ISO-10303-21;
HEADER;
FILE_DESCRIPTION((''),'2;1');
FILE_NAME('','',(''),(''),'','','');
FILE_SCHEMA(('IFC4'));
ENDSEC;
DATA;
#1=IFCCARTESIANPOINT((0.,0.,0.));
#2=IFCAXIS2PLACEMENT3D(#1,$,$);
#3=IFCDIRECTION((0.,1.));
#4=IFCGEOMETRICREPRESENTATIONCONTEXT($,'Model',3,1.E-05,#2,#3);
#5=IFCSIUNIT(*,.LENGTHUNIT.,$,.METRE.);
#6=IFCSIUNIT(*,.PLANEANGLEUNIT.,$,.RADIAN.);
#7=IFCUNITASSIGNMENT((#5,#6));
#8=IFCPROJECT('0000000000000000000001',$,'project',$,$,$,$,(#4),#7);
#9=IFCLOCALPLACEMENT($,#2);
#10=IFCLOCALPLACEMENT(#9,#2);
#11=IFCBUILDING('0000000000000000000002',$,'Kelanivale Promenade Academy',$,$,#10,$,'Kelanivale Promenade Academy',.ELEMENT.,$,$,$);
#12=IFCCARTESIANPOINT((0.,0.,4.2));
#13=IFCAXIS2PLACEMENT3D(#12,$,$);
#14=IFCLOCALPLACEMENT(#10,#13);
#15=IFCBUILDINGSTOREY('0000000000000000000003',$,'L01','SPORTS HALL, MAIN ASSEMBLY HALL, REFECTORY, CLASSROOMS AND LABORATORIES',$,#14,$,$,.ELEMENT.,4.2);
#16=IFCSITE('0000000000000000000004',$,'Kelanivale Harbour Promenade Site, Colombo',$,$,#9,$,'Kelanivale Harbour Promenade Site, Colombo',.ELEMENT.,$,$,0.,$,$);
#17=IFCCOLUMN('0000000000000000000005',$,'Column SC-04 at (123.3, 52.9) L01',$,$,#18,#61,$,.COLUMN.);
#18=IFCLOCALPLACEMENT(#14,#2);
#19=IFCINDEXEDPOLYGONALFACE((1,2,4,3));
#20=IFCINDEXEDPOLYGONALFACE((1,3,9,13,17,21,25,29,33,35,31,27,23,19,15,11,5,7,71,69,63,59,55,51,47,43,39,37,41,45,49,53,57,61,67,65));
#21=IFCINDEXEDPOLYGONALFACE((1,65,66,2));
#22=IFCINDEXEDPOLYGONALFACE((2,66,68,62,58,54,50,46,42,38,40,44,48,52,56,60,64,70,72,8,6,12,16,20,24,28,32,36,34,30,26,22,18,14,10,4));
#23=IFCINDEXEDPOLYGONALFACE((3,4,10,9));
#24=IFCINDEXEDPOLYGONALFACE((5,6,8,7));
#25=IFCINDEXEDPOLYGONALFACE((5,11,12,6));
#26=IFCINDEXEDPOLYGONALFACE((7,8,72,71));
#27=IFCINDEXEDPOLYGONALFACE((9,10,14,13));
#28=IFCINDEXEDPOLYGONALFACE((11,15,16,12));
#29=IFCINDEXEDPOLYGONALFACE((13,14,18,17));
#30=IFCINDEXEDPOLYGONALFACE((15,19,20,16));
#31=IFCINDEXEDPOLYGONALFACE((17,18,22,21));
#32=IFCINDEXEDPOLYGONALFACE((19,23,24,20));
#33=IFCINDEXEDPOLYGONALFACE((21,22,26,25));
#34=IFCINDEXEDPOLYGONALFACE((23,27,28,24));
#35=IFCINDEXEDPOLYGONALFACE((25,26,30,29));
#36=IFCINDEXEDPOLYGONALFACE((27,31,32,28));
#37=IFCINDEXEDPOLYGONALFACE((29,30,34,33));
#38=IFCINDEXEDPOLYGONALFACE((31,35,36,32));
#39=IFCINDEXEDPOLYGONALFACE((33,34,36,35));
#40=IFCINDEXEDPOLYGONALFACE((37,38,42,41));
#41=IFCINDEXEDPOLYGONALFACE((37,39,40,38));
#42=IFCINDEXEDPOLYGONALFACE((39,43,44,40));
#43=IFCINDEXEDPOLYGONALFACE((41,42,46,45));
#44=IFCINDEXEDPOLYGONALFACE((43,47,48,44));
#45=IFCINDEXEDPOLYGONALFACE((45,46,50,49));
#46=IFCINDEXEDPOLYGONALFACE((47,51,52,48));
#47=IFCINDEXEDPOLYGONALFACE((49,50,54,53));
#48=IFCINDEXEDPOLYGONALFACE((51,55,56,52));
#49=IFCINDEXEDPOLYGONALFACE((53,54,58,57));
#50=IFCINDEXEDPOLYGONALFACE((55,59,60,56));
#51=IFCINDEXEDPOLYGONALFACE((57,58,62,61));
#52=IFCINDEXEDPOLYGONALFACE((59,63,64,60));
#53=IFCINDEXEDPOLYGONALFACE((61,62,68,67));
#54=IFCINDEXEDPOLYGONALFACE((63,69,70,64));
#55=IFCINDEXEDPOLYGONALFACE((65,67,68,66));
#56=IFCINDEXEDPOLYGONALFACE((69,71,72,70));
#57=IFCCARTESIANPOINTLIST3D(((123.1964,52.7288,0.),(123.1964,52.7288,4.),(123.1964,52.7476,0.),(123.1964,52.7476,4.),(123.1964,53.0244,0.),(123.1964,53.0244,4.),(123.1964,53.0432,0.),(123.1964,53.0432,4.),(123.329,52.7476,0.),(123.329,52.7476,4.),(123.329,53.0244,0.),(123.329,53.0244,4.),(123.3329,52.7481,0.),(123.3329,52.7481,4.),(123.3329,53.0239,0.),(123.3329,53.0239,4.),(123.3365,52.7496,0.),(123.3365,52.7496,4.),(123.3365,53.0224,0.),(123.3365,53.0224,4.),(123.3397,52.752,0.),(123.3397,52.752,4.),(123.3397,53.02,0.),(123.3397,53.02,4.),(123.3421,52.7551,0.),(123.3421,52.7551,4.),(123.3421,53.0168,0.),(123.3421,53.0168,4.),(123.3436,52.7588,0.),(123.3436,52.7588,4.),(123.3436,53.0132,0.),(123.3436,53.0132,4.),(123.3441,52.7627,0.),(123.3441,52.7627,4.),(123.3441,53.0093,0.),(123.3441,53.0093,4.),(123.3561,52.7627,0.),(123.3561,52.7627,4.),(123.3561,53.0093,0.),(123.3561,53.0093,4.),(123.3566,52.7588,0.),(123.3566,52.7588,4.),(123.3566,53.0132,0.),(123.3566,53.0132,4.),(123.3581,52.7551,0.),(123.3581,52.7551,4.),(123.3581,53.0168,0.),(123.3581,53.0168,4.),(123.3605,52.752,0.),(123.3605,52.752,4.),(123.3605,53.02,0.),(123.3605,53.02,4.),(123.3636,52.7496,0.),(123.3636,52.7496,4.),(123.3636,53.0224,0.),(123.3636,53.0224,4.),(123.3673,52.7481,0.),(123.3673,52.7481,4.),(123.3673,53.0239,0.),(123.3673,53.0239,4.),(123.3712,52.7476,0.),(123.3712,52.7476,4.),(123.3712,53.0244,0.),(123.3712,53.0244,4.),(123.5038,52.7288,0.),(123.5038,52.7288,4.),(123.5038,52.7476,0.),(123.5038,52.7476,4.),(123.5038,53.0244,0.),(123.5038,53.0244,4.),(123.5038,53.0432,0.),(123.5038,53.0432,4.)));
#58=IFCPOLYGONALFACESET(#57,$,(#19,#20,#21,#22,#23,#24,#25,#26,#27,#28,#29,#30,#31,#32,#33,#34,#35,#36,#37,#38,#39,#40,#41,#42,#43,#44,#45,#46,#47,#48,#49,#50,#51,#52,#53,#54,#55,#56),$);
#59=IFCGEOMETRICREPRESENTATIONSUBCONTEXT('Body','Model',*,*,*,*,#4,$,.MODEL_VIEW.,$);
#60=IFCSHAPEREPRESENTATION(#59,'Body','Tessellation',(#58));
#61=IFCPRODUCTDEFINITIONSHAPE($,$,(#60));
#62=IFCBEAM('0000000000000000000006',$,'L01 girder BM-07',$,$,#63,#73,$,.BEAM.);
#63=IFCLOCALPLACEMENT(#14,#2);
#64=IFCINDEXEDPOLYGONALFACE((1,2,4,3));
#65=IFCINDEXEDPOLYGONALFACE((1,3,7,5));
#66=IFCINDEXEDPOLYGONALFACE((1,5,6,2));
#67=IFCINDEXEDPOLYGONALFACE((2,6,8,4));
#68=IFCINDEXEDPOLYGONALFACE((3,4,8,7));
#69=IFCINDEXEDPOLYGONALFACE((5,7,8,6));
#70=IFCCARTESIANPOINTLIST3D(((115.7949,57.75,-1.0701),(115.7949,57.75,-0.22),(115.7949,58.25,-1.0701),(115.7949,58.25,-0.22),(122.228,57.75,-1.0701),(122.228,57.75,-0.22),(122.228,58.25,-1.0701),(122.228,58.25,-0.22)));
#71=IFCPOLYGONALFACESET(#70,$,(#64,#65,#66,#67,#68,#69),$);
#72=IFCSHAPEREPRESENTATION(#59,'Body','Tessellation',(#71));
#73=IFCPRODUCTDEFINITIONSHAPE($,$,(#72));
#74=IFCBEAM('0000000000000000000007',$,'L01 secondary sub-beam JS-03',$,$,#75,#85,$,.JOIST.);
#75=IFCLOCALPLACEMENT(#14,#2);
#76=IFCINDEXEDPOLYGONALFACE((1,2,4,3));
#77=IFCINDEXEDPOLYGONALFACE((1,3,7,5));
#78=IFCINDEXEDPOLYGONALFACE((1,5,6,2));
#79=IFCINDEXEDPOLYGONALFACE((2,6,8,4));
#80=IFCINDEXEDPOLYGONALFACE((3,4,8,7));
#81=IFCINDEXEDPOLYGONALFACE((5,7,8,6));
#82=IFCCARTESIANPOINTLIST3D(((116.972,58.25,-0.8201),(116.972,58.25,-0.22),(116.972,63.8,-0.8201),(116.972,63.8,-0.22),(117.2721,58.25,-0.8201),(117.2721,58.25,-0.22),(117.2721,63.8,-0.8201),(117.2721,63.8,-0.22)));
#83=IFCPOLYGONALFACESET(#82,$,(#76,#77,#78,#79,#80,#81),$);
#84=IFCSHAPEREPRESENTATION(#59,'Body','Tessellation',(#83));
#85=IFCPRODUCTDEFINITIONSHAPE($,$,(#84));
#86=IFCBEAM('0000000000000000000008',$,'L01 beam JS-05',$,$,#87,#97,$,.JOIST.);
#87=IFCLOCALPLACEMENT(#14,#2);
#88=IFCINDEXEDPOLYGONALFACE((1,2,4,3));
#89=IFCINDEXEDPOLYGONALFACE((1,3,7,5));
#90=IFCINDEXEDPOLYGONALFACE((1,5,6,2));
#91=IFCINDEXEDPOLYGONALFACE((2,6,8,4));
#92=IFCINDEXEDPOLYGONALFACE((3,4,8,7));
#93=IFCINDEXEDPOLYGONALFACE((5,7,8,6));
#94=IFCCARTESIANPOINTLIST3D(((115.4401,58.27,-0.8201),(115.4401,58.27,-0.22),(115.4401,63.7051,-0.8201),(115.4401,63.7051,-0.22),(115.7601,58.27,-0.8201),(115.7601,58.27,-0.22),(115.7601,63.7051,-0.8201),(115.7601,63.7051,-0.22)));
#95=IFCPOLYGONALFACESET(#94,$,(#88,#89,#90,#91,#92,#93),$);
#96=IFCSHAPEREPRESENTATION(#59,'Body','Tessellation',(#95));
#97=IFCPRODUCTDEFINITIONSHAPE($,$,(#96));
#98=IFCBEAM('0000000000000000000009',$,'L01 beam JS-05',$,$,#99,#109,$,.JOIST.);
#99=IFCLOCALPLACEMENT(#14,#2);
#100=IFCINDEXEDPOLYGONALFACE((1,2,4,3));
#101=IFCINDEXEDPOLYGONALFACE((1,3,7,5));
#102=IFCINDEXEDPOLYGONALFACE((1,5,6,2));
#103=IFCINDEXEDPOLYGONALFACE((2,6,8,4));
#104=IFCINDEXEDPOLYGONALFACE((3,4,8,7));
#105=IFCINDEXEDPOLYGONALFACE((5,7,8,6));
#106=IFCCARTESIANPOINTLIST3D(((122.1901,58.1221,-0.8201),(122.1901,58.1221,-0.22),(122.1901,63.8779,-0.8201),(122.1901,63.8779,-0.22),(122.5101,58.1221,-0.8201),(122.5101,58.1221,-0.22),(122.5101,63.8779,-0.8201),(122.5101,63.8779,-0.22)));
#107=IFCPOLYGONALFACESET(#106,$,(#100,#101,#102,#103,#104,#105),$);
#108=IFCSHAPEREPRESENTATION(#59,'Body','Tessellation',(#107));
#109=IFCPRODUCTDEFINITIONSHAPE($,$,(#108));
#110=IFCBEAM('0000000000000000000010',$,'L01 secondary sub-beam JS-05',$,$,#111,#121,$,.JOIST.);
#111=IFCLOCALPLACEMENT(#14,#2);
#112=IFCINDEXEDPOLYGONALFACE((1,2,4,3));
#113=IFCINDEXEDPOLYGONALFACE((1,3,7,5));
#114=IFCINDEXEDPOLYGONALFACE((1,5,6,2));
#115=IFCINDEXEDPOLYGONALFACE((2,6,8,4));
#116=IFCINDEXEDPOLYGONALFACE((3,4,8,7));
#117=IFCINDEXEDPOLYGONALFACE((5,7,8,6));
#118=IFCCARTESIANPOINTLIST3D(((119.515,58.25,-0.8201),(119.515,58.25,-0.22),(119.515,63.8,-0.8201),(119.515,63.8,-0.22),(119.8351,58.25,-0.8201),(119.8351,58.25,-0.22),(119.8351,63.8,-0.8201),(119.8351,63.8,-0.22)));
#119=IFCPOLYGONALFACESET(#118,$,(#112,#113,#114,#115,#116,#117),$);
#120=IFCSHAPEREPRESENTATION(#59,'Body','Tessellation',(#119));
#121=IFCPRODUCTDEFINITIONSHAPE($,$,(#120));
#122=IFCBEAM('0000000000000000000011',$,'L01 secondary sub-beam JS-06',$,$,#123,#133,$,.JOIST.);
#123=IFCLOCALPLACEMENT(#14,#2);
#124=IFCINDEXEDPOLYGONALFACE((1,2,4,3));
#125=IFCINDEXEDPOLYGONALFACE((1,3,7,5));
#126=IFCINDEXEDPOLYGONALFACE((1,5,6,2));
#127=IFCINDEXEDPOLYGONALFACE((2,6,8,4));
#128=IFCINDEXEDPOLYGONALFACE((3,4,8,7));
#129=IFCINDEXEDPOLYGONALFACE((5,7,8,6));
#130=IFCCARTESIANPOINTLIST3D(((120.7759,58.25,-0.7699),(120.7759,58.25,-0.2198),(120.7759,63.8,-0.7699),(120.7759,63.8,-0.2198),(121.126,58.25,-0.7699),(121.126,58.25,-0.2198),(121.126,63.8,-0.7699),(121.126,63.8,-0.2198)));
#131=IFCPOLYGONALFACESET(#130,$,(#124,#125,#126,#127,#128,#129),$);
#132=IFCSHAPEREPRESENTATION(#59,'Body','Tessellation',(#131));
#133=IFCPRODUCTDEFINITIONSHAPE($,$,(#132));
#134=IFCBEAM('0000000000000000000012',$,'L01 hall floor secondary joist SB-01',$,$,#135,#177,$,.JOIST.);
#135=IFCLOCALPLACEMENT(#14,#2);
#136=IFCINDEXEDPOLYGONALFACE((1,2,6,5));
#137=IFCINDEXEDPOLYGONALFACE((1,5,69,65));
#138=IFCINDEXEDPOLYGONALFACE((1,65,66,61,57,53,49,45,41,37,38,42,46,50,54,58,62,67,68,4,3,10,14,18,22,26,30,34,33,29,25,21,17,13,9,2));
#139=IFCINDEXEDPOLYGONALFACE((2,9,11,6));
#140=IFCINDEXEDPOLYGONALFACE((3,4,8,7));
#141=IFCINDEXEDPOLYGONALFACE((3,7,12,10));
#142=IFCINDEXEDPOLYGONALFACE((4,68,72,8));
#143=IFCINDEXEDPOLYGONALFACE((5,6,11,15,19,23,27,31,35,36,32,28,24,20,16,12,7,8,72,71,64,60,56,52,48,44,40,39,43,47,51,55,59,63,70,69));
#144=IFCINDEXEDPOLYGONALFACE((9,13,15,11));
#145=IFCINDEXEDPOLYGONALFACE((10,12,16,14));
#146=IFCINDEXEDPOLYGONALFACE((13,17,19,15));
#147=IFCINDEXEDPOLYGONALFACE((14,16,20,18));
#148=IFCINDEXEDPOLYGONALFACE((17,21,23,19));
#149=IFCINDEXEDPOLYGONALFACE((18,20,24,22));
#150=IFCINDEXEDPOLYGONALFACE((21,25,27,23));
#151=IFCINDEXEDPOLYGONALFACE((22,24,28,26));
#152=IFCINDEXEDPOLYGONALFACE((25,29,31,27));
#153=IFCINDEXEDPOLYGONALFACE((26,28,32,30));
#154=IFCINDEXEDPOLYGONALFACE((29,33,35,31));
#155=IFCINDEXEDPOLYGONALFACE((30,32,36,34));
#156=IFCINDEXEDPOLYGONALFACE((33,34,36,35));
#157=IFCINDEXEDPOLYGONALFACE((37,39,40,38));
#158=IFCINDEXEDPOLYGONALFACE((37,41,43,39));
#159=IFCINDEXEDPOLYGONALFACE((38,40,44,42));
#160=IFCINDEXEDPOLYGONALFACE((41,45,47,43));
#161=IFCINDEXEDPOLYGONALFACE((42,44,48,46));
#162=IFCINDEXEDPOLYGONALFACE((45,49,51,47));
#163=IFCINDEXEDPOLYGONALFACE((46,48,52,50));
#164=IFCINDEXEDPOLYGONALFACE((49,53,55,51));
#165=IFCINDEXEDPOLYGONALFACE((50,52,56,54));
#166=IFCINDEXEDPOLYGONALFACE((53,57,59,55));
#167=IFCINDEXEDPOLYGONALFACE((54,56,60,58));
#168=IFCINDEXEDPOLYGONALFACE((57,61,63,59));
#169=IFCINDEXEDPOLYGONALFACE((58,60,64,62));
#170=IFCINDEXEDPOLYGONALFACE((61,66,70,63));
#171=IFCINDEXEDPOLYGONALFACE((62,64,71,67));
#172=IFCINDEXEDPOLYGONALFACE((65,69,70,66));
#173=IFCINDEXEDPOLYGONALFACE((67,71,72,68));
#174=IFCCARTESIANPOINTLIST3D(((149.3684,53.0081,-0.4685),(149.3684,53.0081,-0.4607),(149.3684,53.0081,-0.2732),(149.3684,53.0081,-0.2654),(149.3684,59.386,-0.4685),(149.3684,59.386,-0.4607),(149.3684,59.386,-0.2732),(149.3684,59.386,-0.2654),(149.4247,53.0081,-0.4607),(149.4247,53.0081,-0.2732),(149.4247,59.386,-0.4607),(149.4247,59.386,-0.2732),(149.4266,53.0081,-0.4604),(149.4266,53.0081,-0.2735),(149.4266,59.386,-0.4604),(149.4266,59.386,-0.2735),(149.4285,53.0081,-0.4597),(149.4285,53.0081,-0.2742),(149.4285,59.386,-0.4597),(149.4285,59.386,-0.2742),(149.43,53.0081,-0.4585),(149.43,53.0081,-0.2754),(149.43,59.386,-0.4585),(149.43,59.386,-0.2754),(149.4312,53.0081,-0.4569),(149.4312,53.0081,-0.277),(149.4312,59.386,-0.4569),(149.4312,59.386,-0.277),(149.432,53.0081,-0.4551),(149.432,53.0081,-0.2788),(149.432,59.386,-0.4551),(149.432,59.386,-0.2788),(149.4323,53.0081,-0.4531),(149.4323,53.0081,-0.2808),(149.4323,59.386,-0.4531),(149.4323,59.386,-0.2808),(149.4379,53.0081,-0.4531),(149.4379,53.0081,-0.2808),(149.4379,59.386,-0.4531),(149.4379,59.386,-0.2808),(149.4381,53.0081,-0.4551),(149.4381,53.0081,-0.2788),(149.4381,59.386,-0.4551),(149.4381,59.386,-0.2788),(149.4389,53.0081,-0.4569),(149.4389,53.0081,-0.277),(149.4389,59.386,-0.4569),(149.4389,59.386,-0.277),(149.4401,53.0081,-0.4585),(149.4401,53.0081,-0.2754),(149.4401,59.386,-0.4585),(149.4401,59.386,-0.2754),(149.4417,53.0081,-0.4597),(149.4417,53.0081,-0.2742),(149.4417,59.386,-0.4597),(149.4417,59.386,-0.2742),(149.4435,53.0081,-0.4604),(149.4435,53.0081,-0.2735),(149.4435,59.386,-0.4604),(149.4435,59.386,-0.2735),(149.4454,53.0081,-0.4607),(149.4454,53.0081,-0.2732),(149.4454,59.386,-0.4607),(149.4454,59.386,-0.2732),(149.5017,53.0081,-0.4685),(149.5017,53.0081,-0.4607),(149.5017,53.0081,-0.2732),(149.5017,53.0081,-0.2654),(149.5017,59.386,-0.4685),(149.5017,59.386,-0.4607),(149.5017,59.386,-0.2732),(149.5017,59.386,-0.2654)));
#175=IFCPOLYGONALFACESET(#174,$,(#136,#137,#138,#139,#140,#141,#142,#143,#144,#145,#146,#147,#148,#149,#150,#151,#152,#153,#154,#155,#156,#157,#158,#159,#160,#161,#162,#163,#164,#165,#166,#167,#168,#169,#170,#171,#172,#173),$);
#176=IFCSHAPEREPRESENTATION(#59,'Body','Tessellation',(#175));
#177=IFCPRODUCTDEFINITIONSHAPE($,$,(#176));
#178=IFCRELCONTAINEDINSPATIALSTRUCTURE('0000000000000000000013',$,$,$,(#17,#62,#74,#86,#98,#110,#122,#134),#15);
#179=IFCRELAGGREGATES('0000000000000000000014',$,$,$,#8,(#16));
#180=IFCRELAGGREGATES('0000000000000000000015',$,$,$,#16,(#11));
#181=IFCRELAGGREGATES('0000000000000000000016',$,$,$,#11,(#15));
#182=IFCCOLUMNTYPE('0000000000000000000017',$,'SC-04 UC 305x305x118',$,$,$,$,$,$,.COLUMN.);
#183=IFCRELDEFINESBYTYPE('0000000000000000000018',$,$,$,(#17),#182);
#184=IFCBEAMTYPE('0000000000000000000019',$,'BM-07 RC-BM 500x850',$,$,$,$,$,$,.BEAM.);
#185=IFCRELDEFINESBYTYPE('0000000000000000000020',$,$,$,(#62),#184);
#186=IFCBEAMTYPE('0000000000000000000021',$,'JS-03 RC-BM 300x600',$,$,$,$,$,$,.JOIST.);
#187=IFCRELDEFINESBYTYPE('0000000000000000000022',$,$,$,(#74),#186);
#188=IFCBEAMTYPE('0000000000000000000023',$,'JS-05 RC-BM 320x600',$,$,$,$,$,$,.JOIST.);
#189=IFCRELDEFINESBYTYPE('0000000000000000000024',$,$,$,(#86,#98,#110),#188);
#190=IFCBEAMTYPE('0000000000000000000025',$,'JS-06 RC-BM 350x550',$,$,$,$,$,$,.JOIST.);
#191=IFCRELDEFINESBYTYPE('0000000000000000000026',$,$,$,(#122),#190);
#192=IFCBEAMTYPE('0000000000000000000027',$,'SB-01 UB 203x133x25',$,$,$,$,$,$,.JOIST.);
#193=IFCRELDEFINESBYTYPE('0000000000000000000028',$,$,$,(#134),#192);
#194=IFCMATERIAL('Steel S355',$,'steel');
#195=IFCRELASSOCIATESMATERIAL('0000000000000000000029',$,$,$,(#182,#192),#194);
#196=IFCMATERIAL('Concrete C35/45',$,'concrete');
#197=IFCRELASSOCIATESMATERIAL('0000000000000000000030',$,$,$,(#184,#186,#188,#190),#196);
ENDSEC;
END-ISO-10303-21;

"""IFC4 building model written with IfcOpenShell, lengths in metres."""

from ifc_helpers import new_model, si_unit, direction, frame, origin, origin_2d, place, context, subcontext, project, spatial, rectangle, i_section, extrude, material, material_profile, profile_set, type_object, element, save


model = new_model("IFC4")

# Units and contexts
model_context = context("Model", 3, precision=1e-05, world=origin(), true_north=direction((0.0, 1.0)))
body_context = subcontext(model_context, "Body", "Model", "MODEL_VIEW")
ifc_project = project(units=[si_unit("LENGTHUNIT", "METRE"), si_unit("PLANEANGLEUNIT", "RADIAN")], contexts=[model_context])

# Site, building, storey
site_placement = place(None, origin())
site = spatial("IfcSite", under=ifc_project, at=site_placement, Name="Kelanivale Harbour Promenade Site, Colombo", LongName="Kelanivale Harbour Promenade Site, Colombo", CompositionType="ELEMENT", RefElevation=0.0)
building_placement = place(site_placement, origin())
building = spatial("IfcBuilding", under=site, at=building_placement, Name="Kelanivale Promenade Academy", LongName="Kelanivale Promenade Academy", CompositionType="ELEMENT")
storey_placement = place(building_placement, frame((0.0, 0.0, 4.2)))
storey = spatial("IfcBuildingStorey", under=building, at=storey_placement, Name="L01", Description="SPORTS HALL, MAIN ASSEMBLY HALL, REFECTORY, CLASSROOMS AND LABORATORIES", CompositionType="ELEMENT", Elevation=4.2)

# Column
ifc_material_1 = material(Name="Steel S355", Category="steel")
ifc_material_profile_1 = material_profile(ifc_material_1, i_section(OverallWidth=0.3074, OverallDepth=0.3145, WebThickness=0.012, FlangeThickness=0.0188, FilletRadius=0.0151, at=origin_2d()), Name="UC 305x305x118")
ifc_profile_set_1 = profile_set([ifc_material_profile_1], Name="Steel S355")
column_type_1 = type_object("IfcColumnType", Name="SC-04 UC 305x305x118", PredefinedType="COLUMN", material=ifc_profile_set_1)
column_1_placement = place(storey_placement, frame((123.3501, 52.886, 0.0), z_axis=(0.0, 0.0, 1.0), x_axis=(1.0, 0.0, 0.0)))
element("IfcColumn", 1, at=column_1_placement, inside=storey, type_object=column_type_1, Name="Column SC-04 at (123.3, 52.9) L01", PredefinedType="COLUMN", context=body_context, shape_type="SweptSolid", body=[
    extrude(i_section(OverallWidth=0.3074, OverallDepth=0.3145, WebThickness=0.012, FlangeThickness=0.0188, FilletRadius=0.0151, at=origin_2d()), origin(), (0.0, 0.0, 1.0), 4.0),
])

# Beams
ifc_material_2 = material(Name="Concrete C35/45", Category="concrete")
ifc_material_profile_2 = material_profile(ifc_material_2, rectangle(XDim=0.5, YDim=0.8501, at=origin_2d()), Name="RC-BM 500x850")
ifc_profile_set_2 = profile_set([ifc_material_profile_2], Name="Concrete C35/45")
beam_type_1 = type_object("IfcBeamType", Name="BM-07 RC-BM 500x850", PredefinedType="BEAM", material=ifc_profile_set_2)
beam_1_placement = place(storey_placement, frame((115.7949, 58.0, -0.645), z_axis=(1.0, 0.0, 0.0), x_axis=(0.0, 1.0, 0.0)))
element("IfcBeam", 2, at=beam_1_placement, inside=storey, type_object=beam_type_1, Name="L01 girder BM-07", PredefinedType="BEAM", context=body_context, shape_type="SweptSolid", body=[
    extrude(rectangle(XDim=0.5, YDim=0.8501, at=origin_2d()), origin(), (0.0, 0.0, 1.0), 6.4331),
])
ifc_material_profile_3 = material_profile(ifc_material_2, rectangle(XDim=0.3, YDim=0.6001, at=origin_2d()), Name="RC-BM 300x600")
ifc_profile_set_3 = profile_set([ifc_material_profile_3], Name="Concrete C35/45")
beam_type_2 = type_object("IfcBeamType", Name="JS-03 RC-BM 300x600", PredefinedType="JOIST", material=ifc_profile_set_3)
beam_2_placement = place(storey_placement, frame((117.1221, 58.25, -0.52), z_axis=(0.0, 1.0, 0.0), x_axis=(-1.0, 0.0, 0.0)))
element("IfcBeam", 3, at=beam_2_placement, inside=storey, type_object=beam_type_2, Name="L01 secondary sub-beam JS-03", PredefinedType="JOIST", context=body_context, shape_type="SweptSolid", body=[
    extrude(rectangle(XDim=0.3, YDim=0.6001, at=origin_2d()), origin(), (0.0, 0.0, 1.0), 5.55),
])
ifc_material_profile_4 = material_profile(ifc_material_2, rectangle(XDim=0.3201, YDim=0.6001, at=origin_2d()), Name="RC-BM 320x600")
ifc_profile_set_4 = profile_set([ifc_material_profile_4], Name="Concrete C35/45")
beam_type_3 = type_object("IfcBeamType", Name="JS-05 RC-BM 320x600", PredefinedType="JOIST", material=ifc_profile_set_4)
beam_3_placement = place(storey_placement, frame((115.6001, 58.27, -0.52), z_axis=(0.0, 1.0, 0.0), x_axis=(-1.0, 0.0, 0.0)))
element("IfcBeam", 4, at=beam_3_placement, inside=storey, type_object=beam_type_3, Name="L01 beam JS-05", PredefinedType="JOIST", context=body_context, shape_type="SweptSolid", body=[
    extrude(rectangle(XDim=0.3201, YDim=0.6001, at=origin_2d()), origin(), (0.0, 0.0, 1.0), 5.4351),
])
beam_4_placement = place(storey_placement, frame((122.3501, 58.1221, -0.52), z_axis=(0.0, 1.0, 0.0), x_axis=(-1.0, 0.0, 0.0)))
element("IfcBeam", 5, at=beam_4_placement, inside=storey, type_object=beam_type_3, Name="L01 beam JS-05", PredefinedType="JOIST", context=body_context, shape_type="SweptSolid", body=[
    extrude(rectangle(XDim=0.3201, YDim=0.6001, at=origin_2d()), origin(), (0.0, 0.0, 1.0), 5.7559),
])
beam_5_placement = place(storey_placement, frame((119.675, 58.25, -0.52), z_axis=(0.0, 1.0, 0.0), x_axis=(-1.0, 0.0, 0.0)))
element("IfcBeam", 6, at=beam_5_placement, inside=storey, type_object=beam_type_3, Name="L01 secondary sub-beam JS-05", PredefinedType="JOIST", context=body_context, shape_type="SweptSolid", body=[
    extrude(rectangle(XDim=0.3201, YDim=0.6001, at=origin_2d()), origin(), (0.0, 0.0, 1.0), 5.55),
])
ifc_material_profile_5 = material_profile(ifc_material_2, rectangle(XDim=0.3501, YDim=0.55, at=origin_2d()), Name="RC-BM 350x550")
ifc_profile_set_5 = profile_set([ifc_material_profile_5], Name="Concrete C35/45")
beam_type_4 = type_object("IfcBeamType", Name="JS-06 RC-BM 350x550", PredefinedType="JOIST", material=ifc_profile_set_5)
beam_6_placement = place(storey_placement, frame((120.9509, 58.25, -0.4949), z_axis=(0.0, 1.0, 0.0), x_axis=(-1.0, 0.0, 0.0)))
element("IfcBeam", 7, at=beam_6_placement, inside=storey, type_object=beam_type_4, Name="L01 secondary sub-beam JS-06", PredefinedType="JOIST", context=body_context, shape_type="SweptSolid", body=[
    extrude(rectangle(XDim=0.3501, YDim=0.55, at=origin_2d()), origin(), (0.0, 0.0, 1.0), 5.55),
])
ifc_material_profile_6 = material_profile(ifc_material_1, i_section(OverallWidth=0.1333, OverallDepth=0.2031, WebThickness=0.0056, FlangeThickness=0.0078, FilletRadius=0.0076, at=origin_2d()), Name="UB 203x133x25")
ifc_profile_set_6 = profile_set([ifc_material_profile_6], Name="Steel S355")
beam_type_5 = type_object("IfcBeamType", Name="SB-01 UB 203x133x25", PredefinedType="JOIST", material=ifc_profile_set_6)
beam_7_placement = place(storey_placement, frame((149.4351, 53.0081, -0.3669), z_axis=(0.0, 1.0, 0.0), x_axis=(-1.0, 0.0, 0.0)))
element("IfcBeam", 8, at=beam_7_placement, inside=storey, type_object=beam_type_5, Name="L01 hall floor secondary joist SB-01", PredefinedType="JOIST", context=body_context, shape_type="SweptSolid", body=[
    extrude(i_section(OverallWidth=0.1333, OverallDepth=0.2031, WebThickness=0.0056, FlangeThickness=0.0078, FilletRadius=0.0076, at=origin_2d()), origin(), (0.0, 0.0, 1.0), 6.3779),
])

save(model, "model.ifc")
